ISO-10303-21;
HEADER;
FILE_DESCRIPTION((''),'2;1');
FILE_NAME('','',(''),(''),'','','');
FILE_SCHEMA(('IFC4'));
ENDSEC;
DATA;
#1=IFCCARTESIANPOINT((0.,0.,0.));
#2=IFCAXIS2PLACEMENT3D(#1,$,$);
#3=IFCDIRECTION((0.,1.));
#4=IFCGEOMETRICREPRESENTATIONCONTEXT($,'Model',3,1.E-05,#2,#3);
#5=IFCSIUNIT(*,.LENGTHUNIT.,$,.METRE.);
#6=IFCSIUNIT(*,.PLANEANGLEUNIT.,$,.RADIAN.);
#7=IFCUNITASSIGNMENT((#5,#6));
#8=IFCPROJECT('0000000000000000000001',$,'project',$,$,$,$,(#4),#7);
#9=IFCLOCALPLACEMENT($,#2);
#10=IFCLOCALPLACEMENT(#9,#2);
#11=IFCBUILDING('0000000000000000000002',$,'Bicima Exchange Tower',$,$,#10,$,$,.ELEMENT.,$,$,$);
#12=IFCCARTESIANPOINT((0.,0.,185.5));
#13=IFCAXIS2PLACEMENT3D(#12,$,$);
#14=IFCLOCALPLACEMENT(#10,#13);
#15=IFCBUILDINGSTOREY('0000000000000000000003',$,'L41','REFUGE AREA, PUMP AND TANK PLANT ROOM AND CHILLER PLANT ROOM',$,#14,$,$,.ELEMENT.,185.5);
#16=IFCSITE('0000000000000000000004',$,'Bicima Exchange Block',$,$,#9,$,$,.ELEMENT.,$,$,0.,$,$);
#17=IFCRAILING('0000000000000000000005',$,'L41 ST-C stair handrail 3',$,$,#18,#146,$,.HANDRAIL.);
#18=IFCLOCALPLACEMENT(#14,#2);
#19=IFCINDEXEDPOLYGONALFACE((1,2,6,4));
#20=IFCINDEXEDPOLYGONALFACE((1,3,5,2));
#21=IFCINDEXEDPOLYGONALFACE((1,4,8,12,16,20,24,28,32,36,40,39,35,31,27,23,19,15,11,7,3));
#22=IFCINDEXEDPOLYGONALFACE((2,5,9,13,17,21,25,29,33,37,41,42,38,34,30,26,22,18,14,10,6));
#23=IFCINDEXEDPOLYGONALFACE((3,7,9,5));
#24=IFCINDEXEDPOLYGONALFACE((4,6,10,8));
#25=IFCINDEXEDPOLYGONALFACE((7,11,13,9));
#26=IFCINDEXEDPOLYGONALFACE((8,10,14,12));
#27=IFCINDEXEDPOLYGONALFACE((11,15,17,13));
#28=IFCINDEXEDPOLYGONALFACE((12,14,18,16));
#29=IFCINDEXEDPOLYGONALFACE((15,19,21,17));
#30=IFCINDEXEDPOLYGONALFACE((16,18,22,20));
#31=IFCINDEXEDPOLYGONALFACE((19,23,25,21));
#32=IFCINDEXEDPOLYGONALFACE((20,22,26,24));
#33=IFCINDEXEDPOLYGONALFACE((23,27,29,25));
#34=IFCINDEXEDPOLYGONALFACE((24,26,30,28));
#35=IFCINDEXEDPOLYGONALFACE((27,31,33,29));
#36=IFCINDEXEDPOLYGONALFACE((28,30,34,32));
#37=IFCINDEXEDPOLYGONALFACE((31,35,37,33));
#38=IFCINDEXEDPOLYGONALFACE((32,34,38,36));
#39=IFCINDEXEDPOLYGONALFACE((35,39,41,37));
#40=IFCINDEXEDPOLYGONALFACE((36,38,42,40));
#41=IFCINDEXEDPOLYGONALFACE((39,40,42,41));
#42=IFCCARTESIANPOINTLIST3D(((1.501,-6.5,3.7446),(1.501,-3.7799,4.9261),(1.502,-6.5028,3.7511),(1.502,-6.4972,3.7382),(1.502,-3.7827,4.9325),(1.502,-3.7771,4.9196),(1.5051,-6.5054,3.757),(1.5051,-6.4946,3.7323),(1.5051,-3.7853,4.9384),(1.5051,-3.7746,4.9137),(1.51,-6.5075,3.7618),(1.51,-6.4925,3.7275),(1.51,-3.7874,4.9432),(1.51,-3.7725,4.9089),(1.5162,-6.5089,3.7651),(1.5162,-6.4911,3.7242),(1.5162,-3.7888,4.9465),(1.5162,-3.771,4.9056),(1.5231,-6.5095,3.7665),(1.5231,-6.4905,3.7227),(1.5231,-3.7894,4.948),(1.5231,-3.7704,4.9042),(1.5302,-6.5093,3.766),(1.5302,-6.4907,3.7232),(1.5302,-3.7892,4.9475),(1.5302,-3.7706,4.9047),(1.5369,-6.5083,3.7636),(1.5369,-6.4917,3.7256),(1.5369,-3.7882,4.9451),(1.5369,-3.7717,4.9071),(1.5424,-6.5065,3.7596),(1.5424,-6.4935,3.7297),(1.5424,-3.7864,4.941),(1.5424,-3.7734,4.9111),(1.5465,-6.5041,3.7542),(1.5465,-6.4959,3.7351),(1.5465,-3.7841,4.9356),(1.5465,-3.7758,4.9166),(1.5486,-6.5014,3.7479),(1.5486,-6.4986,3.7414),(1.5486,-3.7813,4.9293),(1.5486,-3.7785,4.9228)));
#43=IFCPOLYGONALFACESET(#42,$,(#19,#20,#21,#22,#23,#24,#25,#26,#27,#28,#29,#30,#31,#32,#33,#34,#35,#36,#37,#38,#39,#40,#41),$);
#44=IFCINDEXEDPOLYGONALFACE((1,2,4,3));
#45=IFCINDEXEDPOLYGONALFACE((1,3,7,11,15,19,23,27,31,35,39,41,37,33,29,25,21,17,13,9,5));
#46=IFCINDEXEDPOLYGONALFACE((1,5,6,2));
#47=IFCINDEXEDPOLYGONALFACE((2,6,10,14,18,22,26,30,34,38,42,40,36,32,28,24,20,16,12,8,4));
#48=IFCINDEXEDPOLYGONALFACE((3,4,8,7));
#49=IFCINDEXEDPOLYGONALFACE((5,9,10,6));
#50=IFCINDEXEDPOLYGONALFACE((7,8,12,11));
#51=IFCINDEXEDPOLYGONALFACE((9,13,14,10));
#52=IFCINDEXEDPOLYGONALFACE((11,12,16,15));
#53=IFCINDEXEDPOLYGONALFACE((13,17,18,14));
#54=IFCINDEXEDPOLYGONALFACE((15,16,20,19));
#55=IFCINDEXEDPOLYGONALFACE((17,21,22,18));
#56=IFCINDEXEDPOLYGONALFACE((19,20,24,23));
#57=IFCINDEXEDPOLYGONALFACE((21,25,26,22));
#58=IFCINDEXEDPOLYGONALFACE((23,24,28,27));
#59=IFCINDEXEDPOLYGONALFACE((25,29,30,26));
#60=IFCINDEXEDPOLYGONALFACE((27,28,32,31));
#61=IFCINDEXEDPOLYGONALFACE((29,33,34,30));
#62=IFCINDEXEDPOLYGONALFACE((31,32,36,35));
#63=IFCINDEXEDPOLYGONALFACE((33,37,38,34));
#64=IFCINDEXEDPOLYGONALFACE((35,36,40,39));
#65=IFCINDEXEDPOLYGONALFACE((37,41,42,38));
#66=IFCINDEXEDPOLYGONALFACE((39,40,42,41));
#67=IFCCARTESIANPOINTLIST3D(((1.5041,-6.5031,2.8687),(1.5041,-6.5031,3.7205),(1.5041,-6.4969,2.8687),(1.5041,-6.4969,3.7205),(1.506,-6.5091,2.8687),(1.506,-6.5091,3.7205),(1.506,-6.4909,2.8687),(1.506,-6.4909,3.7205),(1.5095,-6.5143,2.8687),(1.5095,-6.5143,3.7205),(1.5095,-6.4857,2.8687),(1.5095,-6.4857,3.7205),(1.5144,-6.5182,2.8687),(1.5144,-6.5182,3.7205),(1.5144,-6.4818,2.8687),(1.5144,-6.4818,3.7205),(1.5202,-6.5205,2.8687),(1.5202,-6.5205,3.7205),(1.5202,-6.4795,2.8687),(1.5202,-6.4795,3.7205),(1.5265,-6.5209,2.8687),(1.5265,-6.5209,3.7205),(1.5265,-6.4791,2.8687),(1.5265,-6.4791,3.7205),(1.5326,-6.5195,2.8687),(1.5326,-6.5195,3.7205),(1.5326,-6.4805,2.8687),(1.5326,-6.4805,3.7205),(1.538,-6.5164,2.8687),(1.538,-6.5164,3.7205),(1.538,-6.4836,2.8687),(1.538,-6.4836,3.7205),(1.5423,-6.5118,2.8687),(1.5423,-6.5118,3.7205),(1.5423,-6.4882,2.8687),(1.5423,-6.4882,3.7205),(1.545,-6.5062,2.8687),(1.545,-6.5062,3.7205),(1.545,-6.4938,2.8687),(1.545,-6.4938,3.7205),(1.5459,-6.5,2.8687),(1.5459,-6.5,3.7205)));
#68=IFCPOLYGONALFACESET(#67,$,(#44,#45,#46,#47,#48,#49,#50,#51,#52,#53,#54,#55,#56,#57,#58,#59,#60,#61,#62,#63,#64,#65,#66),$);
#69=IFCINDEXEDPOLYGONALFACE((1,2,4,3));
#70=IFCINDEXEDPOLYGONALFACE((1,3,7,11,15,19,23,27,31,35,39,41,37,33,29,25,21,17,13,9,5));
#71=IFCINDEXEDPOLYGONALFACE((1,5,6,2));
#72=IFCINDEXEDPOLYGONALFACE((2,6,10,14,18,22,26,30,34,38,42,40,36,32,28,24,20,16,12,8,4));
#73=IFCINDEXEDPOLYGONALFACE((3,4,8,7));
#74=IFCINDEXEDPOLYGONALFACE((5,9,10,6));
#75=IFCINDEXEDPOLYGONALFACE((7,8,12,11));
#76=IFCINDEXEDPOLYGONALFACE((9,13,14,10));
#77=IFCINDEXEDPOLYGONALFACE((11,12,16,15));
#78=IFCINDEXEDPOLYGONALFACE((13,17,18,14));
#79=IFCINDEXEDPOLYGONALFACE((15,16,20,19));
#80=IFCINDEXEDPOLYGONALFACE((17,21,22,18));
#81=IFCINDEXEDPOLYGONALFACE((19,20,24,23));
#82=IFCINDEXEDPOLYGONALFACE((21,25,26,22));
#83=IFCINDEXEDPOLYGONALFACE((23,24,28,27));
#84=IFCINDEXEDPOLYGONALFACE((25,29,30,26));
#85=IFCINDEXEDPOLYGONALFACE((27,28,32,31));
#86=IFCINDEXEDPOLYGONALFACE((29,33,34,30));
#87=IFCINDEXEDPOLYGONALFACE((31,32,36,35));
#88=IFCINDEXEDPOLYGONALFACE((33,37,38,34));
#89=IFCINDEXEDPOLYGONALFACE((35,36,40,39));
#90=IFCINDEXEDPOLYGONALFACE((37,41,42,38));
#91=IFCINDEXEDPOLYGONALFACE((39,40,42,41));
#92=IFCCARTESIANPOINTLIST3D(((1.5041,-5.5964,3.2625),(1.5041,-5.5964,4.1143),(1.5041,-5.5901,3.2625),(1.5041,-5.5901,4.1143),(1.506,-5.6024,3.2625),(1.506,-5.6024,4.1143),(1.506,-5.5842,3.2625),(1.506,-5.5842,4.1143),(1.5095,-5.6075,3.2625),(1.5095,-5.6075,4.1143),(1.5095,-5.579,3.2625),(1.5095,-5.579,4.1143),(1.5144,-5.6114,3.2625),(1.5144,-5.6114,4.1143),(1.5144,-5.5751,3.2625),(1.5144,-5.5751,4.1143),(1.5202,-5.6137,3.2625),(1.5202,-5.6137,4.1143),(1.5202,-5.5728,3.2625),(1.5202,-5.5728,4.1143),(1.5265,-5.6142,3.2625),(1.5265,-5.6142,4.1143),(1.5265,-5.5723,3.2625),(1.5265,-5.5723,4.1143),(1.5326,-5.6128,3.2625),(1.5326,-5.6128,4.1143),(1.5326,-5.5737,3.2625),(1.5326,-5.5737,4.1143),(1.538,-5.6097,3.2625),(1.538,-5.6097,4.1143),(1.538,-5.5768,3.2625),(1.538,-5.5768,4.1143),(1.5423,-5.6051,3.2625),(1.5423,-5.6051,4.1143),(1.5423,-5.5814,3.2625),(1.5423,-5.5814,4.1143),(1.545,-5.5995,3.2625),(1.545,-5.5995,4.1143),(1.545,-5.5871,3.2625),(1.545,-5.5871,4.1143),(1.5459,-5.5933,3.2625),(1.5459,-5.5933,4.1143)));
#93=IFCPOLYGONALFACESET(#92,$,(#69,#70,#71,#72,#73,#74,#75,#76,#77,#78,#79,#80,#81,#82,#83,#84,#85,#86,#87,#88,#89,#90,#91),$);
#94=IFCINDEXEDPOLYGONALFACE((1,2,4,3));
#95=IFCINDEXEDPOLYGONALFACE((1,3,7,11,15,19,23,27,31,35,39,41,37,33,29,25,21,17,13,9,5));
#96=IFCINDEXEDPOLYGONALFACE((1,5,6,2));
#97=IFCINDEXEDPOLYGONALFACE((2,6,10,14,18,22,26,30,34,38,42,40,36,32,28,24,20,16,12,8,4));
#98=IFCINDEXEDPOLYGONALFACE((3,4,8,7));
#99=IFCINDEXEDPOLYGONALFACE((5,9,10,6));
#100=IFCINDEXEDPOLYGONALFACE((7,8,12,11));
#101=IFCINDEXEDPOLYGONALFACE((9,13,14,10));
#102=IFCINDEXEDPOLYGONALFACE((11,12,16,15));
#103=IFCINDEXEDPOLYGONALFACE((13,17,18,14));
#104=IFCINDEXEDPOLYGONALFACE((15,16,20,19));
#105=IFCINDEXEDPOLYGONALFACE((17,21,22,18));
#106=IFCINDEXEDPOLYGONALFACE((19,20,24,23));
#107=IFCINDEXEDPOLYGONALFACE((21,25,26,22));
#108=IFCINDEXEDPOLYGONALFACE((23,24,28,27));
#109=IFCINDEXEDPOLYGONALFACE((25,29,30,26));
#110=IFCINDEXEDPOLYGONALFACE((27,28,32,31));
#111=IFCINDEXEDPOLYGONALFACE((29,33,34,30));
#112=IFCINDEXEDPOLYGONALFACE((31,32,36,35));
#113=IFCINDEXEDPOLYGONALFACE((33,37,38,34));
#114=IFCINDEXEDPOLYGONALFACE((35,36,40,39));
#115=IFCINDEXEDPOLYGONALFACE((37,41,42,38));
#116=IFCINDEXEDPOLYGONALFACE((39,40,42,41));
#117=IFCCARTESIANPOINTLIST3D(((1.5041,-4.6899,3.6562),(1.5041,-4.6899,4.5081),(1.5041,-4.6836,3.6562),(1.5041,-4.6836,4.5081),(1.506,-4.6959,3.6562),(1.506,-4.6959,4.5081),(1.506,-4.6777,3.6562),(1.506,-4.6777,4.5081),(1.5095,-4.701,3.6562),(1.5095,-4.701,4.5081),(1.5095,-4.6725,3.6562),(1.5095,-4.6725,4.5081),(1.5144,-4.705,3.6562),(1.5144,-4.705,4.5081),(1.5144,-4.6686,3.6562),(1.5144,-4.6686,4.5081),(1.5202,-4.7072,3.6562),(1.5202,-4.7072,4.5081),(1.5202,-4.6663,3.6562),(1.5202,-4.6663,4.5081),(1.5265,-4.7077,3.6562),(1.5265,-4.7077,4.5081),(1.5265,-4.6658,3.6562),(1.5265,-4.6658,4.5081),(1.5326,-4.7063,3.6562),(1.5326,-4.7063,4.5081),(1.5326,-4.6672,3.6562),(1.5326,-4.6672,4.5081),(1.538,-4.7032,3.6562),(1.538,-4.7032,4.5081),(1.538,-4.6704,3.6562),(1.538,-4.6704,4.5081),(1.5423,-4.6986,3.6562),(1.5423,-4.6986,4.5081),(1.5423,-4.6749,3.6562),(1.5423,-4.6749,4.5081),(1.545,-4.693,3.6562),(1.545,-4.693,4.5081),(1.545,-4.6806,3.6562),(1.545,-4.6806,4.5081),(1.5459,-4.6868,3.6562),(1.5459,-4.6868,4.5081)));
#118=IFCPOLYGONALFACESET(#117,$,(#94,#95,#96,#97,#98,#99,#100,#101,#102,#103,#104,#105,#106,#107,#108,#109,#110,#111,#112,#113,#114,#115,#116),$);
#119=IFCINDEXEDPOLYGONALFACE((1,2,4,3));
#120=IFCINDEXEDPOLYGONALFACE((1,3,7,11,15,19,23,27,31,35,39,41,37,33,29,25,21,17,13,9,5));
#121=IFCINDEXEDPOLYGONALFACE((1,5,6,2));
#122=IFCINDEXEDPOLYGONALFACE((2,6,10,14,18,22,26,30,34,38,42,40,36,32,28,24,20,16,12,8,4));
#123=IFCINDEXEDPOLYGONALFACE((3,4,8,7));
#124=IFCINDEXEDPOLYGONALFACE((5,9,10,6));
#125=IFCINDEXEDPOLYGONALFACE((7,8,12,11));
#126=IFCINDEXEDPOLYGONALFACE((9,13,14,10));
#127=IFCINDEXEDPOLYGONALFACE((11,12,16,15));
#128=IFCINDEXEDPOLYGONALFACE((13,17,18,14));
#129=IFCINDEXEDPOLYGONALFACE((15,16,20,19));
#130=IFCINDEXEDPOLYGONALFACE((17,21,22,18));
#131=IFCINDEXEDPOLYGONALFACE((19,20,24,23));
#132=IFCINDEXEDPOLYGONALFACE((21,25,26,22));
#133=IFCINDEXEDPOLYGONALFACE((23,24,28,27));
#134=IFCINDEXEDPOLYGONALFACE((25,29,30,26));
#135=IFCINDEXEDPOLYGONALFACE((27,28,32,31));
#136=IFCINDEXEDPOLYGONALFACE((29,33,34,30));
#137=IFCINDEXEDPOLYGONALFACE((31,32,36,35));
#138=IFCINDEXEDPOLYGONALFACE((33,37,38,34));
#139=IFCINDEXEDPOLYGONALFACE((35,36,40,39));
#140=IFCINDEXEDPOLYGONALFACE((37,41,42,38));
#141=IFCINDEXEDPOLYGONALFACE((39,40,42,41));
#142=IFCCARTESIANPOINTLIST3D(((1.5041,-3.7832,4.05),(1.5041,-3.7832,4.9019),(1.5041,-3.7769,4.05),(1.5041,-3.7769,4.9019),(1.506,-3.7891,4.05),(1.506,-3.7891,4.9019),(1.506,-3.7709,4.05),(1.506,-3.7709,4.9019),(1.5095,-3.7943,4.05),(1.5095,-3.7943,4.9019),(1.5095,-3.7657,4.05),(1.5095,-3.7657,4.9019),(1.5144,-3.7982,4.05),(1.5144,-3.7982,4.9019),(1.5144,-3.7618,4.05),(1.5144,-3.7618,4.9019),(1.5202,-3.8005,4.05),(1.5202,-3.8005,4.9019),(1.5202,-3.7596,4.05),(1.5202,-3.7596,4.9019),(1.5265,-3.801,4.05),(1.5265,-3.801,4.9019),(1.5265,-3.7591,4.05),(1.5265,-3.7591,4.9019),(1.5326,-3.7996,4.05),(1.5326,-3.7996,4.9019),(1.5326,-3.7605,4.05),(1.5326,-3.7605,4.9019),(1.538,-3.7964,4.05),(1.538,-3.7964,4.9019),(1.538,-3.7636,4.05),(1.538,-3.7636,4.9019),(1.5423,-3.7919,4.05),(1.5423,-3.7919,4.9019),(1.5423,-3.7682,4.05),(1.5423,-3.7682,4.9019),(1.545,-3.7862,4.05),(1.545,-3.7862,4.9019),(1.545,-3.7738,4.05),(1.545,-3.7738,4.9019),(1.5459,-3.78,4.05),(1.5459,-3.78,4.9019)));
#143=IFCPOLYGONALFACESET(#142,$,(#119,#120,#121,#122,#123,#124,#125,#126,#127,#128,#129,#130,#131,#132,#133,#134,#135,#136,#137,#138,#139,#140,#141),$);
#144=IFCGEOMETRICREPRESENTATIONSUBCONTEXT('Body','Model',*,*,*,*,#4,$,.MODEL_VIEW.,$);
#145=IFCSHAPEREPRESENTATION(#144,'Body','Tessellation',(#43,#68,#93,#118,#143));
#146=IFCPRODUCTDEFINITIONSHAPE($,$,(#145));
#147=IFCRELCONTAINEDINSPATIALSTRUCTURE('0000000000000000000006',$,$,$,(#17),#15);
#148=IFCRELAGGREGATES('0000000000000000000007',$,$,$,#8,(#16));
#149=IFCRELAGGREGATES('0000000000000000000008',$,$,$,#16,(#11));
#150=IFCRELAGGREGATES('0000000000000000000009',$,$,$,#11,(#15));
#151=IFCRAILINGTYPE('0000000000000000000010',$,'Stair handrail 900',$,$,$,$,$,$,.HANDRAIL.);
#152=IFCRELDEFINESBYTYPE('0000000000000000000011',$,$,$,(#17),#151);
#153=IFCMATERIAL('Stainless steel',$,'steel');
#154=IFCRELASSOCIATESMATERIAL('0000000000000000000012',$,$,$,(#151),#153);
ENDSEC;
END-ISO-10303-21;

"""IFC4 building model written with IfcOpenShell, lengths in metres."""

from ifc_helpers import new_model, si_unit, direction, frame, origin, origin_2d, place, context, subcontext, project, spatial, circle, extrude, material, type_object, element, save


model = new_model("IFC4")

# Units and contexts
model_context = context("Model", 3, precision=1e-05, world=origin(), true_north=direction((0.0, 1.0)))
body_context = subcontext(model_context, "Body", "Model", "MODEL_VIEW")
ifc_project = project(units=[si_unit("LENGTHUNIT", "METRE"), si_unit("PLANEANGLEUNIT", "RADIAN")], contexts=[model_context])

# Site, building, storey
site_placement = place(None, origin())
site = spatial("IfcSite", under=ifc_project, at=site_placement, Name="Bicima Exchange Block", CompositionType="ELEMENT", RefElevation=0.0)
building_placement = place(site_placement, origin())
building = spatial("IfcBuilding", under=site, at=building_placement, Name="Bicima Exchange Tower", CompositionType="ELEMENT")
storey_placement = place(building_placement, frame((0.0, 0.0, 185.5)))
storey = spatial("IfcBuildingStorey", under=building, at=storey_placement, Name="L41", Description="REFUGE AREA, PUMP AND TANK PLANT ROOM AND CHILLER PLANT ROOM", CompositionType="ELEMENT", Elevation=185.5)

# Shared definitions
ifc_material_1 = material(Name="Stainless steel", Category="steel")

# Railing
railing_type_1 = type_object("IfcRailingType", Name="Stair handrail 900", PredefinedType="HANDRAIL", material=ifc_material_1)
for number, where, name in (
    (1, (1.5249, -6.5, 2.8687), "L41 ST-C stair handrail 3"),
):
    element("IfcRailing", number, at=place(storey_placement, frame(where)), inside=storey, type_object=railing_type_1, Name=name, PredefinedType="HANDRAIL", context=body_context, shape_type="SweptSolid", body=[
        extrude(circle(Radius=0.0239, at=origin_2d()), frame((0.0, 0.0, 0.876), z_axis=(0.0, 0.917218, 0.398386), x_axis=(-1.0, 0.0, 0.0)), (0.0, 0.0, 1.0), 2.9656),
        extrude(circle(Radius=0.021, at=origin_2d()), origin(), (0.0, 0.0, 1.0), 0.8518),
        extrude(circle(Radius=0.021, at=origin_2d()), frame((0.0, 0.9067, 0.3938)), (0.0, 0.0, 1.0), 0.8518),
        extrude(circle(Radius=0.021, at=origin_2d()), frame((0.0, 1.8132, 0.7876)), (0.0, 0.0, 1.0), 0.8518),
        extrude(circle(Radius=0.021, at=origin_2d()), frame((0.0, 2.72, 1.1814)), (0.0, 0.0, 1.0), 0.8518),
    ])

save(model, "model.ifc")
